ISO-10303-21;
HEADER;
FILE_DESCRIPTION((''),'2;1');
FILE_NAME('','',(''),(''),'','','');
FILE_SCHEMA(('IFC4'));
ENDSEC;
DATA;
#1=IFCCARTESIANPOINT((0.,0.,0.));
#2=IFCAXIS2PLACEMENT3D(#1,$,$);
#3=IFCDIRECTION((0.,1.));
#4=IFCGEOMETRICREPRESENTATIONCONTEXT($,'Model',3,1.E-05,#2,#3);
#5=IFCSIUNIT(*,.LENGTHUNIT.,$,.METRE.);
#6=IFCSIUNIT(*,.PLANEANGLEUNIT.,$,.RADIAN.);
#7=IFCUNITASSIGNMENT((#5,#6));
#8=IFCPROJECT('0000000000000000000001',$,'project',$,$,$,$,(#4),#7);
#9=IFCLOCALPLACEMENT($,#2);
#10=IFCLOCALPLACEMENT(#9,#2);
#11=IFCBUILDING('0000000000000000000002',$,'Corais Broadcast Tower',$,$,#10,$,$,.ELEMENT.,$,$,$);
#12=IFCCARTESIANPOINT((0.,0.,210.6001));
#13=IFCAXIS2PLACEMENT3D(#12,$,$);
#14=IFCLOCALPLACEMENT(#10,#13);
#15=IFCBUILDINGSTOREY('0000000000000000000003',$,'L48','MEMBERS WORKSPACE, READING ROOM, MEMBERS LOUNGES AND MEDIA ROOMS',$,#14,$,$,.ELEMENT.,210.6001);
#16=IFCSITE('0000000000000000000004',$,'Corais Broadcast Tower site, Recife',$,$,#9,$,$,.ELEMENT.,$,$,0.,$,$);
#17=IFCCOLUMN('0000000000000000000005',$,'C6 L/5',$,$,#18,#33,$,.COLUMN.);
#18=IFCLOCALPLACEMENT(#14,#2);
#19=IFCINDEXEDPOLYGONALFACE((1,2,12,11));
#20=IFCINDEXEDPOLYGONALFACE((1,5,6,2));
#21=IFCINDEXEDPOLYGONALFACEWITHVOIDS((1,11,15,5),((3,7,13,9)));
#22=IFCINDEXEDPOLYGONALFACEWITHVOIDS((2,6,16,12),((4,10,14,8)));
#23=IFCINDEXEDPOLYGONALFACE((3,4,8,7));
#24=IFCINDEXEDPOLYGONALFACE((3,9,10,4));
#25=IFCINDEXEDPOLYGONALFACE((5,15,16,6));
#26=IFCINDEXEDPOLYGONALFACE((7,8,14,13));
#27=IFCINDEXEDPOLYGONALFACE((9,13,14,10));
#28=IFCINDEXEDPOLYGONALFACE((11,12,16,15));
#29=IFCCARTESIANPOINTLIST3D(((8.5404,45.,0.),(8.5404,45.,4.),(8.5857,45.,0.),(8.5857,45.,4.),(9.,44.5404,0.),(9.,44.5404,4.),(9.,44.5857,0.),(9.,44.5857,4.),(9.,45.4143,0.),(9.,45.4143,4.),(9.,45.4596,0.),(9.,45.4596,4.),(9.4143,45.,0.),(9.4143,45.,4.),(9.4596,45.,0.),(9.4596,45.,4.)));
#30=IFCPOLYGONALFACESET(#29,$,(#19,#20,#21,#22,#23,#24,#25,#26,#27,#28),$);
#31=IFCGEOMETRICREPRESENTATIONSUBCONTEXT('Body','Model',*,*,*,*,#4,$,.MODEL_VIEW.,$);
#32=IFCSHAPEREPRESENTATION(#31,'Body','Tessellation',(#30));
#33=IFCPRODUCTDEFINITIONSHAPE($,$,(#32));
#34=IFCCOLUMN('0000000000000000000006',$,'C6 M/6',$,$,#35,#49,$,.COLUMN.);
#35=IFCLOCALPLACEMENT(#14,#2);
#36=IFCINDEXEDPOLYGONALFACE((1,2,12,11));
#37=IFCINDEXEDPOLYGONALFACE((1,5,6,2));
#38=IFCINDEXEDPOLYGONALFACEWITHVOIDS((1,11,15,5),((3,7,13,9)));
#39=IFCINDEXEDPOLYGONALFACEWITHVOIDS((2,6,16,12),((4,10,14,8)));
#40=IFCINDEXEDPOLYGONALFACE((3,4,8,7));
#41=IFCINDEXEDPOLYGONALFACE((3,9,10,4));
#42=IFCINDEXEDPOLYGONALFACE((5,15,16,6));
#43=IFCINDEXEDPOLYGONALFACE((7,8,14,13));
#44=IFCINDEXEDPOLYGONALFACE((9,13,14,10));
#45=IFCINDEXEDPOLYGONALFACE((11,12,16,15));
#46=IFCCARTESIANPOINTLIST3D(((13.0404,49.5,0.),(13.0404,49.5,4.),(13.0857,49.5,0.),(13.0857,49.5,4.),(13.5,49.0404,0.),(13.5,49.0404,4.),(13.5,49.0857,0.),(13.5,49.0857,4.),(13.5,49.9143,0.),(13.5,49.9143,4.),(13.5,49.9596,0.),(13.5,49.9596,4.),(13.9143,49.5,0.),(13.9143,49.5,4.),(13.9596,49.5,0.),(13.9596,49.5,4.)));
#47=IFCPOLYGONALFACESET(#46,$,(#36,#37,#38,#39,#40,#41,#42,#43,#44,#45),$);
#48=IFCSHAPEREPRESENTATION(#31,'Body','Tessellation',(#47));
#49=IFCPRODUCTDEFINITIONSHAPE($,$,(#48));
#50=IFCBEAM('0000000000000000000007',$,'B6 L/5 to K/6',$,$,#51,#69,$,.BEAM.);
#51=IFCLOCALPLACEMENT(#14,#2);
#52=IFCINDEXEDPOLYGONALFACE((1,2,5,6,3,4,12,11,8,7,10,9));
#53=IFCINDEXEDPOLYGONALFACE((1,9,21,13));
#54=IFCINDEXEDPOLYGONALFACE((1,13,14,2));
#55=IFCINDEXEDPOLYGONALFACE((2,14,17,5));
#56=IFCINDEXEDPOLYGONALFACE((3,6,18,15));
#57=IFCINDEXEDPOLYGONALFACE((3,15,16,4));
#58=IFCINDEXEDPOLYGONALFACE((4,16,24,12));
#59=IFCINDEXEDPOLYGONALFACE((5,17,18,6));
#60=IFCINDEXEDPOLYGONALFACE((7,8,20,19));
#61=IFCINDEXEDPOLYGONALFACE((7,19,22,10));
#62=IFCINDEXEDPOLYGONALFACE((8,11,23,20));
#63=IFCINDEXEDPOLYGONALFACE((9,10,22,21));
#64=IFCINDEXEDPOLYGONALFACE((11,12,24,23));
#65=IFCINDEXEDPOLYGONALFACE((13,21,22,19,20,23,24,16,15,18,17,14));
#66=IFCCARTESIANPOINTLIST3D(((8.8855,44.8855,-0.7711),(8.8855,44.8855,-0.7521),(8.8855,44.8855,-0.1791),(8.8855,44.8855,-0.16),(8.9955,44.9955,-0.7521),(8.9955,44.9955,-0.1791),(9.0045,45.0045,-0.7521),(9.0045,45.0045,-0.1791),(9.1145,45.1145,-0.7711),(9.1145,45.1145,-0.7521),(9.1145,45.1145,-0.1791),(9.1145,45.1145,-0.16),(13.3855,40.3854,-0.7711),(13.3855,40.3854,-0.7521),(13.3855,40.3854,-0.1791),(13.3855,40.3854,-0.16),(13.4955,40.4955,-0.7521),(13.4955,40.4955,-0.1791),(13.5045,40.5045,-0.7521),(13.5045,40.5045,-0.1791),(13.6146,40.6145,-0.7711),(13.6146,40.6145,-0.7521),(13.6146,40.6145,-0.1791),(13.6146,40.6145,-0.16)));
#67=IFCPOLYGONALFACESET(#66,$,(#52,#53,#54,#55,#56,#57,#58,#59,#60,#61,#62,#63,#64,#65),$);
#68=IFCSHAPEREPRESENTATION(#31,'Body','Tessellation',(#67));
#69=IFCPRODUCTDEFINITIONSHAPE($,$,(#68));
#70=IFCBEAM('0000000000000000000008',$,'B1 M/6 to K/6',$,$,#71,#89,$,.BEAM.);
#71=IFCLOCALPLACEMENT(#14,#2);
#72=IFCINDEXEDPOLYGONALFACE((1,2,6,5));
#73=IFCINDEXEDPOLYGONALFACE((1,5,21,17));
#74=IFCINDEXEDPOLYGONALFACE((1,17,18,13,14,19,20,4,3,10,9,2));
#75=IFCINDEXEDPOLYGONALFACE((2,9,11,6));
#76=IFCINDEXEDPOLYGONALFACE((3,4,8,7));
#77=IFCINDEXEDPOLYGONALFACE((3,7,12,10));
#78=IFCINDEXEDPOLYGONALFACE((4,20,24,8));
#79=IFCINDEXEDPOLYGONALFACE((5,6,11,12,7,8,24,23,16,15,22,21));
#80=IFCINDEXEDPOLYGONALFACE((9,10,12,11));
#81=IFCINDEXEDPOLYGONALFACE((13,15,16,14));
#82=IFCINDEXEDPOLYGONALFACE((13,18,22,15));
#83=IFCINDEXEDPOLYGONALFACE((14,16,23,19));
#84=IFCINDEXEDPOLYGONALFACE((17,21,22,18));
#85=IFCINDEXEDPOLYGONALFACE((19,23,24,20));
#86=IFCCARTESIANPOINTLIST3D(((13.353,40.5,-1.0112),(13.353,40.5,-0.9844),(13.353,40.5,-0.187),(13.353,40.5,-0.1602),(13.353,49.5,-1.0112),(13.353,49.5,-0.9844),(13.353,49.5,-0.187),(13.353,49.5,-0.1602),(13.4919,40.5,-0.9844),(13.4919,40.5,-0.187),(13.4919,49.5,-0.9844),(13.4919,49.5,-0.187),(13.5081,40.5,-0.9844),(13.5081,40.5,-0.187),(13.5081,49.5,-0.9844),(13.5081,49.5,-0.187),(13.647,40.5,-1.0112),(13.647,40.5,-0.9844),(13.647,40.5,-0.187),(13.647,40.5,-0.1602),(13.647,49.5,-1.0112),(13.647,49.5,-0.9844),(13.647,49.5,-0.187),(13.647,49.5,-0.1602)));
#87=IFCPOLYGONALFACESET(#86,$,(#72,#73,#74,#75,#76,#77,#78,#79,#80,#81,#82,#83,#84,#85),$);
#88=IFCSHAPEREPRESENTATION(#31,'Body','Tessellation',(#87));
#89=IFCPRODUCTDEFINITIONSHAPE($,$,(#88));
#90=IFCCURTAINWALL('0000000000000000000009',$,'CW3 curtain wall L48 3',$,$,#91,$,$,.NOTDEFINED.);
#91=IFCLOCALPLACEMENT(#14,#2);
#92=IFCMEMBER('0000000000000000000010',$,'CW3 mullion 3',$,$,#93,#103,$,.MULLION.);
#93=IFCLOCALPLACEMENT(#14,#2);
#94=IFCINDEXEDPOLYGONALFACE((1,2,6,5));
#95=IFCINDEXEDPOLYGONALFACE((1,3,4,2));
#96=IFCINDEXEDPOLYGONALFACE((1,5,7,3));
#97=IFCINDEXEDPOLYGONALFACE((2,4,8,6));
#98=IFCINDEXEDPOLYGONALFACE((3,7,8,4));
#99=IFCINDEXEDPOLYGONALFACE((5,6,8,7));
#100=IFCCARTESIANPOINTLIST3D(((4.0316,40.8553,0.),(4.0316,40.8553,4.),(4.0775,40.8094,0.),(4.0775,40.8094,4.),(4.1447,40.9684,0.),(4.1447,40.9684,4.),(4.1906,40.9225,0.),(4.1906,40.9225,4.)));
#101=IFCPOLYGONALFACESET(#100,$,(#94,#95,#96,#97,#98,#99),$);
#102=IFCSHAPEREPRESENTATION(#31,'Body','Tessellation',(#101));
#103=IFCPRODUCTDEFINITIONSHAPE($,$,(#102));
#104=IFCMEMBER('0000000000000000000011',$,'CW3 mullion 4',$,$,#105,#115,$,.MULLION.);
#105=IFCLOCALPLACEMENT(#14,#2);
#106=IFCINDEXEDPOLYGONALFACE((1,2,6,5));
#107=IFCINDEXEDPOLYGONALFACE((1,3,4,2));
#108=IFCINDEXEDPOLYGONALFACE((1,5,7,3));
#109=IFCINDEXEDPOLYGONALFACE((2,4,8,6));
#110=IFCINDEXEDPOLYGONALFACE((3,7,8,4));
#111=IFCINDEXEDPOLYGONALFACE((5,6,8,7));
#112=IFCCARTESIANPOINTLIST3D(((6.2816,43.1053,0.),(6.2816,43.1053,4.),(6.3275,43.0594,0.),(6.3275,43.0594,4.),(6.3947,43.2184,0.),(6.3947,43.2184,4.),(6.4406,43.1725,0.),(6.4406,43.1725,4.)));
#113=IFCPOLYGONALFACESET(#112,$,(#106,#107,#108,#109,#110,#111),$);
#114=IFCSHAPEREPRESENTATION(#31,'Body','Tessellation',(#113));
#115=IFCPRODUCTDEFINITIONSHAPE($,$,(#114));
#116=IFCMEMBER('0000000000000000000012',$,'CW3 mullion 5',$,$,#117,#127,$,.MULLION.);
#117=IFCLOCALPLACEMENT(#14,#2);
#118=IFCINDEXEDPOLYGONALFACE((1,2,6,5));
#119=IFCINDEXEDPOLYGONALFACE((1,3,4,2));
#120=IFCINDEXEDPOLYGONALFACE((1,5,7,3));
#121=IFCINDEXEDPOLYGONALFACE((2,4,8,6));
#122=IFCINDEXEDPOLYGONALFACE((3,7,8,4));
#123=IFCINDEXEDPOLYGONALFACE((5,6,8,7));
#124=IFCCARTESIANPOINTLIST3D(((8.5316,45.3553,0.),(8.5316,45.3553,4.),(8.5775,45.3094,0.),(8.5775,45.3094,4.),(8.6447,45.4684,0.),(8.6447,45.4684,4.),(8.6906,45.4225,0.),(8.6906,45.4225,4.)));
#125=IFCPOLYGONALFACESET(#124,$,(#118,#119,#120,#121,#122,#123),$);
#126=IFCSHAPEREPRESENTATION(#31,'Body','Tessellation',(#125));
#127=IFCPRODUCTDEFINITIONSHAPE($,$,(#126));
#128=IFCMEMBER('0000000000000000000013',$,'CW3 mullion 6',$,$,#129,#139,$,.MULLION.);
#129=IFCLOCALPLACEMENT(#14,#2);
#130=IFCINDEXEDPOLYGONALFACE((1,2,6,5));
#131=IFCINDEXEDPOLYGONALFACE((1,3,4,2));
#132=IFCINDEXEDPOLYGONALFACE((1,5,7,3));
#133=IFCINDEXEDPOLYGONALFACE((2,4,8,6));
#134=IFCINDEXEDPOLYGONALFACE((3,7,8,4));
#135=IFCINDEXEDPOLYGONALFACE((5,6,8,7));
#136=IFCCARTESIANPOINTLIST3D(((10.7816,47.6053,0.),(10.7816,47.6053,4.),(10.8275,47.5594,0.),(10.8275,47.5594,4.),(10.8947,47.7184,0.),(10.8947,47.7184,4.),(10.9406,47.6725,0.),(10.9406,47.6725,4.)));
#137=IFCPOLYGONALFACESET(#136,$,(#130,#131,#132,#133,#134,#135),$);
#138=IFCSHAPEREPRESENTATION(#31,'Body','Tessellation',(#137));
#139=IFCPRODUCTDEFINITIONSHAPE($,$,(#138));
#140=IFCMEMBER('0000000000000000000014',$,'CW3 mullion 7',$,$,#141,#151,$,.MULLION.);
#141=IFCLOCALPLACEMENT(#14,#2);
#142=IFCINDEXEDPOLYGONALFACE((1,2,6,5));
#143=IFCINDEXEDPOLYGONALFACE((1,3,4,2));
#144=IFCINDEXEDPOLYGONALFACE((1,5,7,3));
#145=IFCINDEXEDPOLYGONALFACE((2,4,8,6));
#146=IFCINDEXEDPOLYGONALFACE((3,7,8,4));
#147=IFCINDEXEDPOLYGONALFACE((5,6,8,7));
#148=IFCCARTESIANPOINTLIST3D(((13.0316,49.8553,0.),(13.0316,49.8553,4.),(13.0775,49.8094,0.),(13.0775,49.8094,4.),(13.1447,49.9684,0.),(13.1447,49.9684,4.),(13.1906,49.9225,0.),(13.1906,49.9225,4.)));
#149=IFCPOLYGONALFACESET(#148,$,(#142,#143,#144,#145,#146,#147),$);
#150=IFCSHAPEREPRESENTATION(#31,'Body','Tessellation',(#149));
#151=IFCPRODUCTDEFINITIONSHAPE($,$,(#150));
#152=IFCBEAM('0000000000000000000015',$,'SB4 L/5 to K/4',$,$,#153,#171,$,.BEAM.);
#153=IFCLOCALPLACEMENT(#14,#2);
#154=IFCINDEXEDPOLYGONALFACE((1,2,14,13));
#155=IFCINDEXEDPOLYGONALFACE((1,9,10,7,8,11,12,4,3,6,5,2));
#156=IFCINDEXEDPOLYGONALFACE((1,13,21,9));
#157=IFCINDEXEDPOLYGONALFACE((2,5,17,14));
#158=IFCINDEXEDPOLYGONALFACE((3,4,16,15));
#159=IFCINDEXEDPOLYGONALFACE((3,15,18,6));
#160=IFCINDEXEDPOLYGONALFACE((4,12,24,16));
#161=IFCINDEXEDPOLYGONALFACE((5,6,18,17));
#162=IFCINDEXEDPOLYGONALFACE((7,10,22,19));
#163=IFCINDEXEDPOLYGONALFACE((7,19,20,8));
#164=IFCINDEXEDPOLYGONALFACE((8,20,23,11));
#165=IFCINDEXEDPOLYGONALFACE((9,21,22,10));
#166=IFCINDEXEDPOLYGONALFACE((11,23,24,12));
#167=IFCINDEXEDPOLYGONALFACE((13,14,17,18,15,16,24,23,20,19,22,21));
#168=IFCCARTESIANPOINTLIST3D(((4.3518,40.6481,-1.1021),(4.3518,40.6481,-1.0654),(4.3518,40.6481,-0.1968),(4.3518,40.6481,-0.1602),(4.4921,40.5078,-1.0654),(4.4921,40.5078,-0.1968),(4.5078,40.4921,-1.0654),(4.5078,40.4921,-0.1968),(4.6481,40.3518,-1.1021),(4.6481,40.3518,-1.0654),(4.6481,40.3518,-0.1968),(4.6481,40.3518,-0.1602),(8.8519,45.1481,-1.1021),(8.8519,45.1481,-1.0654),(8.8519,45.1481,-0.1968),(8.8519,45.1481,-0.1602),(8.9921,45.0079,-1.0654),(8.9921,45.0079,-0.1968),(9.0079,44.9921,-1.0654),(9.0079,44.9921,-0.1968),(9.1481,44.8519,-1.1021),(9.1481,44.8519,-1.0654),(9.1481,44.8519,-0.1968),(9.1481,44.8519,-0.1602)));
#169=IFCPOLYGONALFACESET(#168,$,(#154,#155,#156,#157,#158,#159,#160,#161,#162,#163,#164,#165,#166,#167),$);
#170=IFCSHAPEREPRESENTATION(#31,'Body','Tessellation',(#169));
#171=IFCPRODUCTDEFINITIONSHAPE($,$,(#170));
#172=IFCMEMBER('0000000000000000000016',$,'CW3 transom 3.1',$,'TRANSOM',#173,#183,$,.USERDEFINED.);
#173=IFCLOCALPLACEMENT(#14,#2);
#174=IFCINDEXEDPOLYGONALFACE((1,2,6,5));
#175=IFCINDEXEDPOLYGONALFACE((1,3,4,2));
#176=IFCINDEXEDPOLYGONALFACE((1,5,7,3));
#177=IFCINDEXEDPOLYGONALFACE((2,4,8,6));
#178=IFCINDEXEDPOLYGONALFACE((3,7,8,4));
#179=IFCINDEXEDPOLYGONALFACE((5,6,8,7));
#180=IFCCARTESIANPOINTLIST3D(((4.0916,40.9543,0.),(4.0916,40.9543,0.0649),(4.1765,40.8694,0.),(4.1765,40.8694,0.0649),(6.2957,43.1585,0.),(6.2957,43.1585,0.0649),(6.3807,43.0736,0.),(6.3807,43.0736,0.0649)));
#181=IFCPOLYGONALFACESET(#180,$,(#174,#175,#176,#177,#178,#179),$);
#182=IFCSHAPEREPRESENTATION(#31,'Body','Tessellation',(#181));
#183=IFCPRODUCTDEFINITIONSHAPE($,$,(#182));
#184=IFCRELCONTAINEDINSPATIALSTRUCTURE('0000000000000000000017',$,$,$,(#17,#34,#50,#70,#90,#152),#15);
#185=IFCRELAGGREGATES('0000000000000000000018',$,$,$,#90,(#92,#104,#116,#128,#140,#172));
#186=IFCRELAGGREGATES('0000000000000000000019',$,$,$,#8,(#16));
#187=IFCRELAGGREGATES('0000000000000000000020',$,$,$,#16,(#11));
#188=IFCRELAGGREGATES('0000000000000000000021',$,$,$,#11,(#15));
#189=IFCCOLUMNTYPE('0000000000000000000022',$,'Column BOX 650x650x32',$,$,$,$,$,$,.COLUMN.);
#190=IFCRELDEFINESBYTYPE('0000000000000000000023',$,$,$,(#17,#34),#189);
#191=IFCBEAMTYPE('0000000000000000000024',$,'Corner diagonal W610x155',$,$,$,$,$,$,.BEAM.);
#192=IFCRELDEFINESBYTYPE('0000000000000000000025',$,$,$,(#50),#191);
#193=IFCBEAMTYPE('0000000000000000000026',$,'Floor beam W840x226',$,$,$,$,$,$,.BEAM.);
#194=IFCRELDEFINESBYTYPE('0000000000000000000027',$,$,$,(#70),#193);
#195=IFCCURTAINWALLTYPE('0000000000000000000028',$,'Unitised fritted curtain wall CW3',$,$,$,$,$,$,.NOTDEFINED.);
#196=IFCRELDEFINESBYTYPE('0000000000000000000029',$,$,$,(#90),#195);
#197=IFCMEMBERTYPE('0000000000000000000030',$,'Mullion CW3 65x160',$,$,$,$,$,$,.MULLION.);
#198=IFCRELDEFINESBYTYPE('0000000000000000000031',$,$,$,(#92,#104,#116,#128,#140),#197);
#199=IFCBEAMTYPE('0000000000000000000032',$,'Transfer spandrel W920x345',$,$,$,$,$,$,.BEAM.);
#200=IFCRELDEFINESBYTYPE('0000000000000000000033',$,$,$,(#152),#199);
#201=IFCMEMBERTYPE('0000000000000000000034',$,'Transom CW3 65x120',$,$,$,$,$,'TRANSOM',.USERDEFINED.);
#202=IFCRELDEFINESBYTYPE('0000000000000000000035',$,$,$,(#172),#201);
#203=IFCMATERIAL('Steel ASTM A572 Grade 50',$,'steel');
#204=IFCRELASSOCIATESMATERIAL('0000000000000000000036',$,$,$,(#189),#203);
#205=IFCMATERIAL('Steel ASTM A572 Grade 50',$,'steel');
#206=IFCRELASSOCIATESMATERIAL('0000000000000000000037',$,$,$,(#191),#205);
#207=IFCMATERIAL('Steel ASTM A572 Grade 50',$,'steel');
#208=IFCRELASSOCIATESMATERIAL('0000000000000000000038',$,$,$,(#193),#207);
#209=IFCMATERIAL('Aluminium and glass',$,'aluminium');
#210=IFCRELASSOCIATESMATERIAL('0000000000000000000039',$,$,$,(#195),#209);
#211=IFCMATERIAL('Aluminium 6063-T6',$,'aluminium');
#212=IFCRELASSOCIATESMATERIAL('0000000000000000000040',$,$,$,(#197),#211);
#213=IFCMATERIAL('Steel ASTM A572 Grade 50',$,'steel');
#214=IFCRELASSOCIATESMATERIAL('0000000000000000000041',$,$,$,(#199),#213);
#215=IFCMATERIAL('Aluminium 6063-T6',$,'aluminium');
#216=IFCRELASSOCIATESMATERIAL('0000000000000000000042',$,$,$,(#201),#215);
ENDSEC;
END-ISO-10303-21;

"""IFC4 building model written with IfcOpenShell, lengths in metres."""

from ifc_helpers import new_model, si_unit, direction, frame, origin, origin_2d, place, context, subcontext, project, spatial, rectangle, hollow_rectangle, i_section, extrude, material, material_profile, profile_set, type_object, element, aggregate, save


model = new_model("IFC4")

# Units and contexts
model_context = context("Model", 3, precision=1e-05, world=origin(), true_north=direction((0.0, 1.0)))
body_context = subcontext(model_context, "Body", "Model", "MODEL_VIEW")
ifc_project = project(units=[si_unit("LENGTHUNIT", "METRE"), si_unit("PLANEANGLEUNIT", "RADIAN")], contexts=[model_context])

# Site, building, storey
site_placement = place(None, origin())
site = spatial("IfcSite", under=ifc_project, at=site_placement, Name="Corais Broadcast Tower site, Recife", CompositionType="ELEMENT", RefElevation=0.0)
building_placement = place(site_placement, origin())
building = spatial("IfcBuilding", under=site, at=building_placement, Name="Corais Broadcast Tower", CompositionType="ELEMENT")
storey_placement = place(building_placement, frame((0.0, 0.0, 210.6001)))
storey = spatial("IfcBuildingStorey", under=building, at=storey_placement, Name="L48", Description="MEMBERS WORKSPACE, READING ROOM, MEMBERS LOUNGES AND MEDIA ROOMS", CompositionType="ELEMENT", Elevation=210.6001)

# Columns
ifc_material_1 = material(Name="Steel ASTM A572 Grade 50", Category="steel")
ifc_material_profile_1 = material_profile(ifc_material_1, hollow_rectangle(XDim=0.6499, YDim=0.6499, WallThickness=0.032, at=origin_2d()), Name="BOX 650x650x32")
ifc_profile_set_1 = profile_set([ifc_material_profile_1], Name="Steel ASTM A572 Grade 50")
column_type = type_object("IfcColumnType", Name="Column BOX 650x650x32", PredefinedType="COLUMN", material=ifc_profile_set_1)
for number, where, z_axis, x_axis, name in (
    (1, (9.0, 45.0, 0.0), (0.0, 0.0, 1.0), (0.707107, 0.707107, 0.0), "C6 L/5"),
    (2, (13.5, 49.5, 0.0), (0.0, 0.0, 1.0), (0.707107, 0.707107, 0.0), "C6 M/6"),
):
    element("IfcColumn", number, at=place(storey_placement, frame(where, z_axis=z_axis, x_axis=x_axis)), inside=storey, type_object=column_type, Name=name, PredefinedType="COLUMN", context=body_context, shape_type="SweptSolid", body=[
        extrude(hollow_rectangle(XDim=0.6499, YDim=0.6499, WallThickness=0.032, at=origin_2d()), origin(), (0.0, 0.0, 1.0), 4.0),
    ])

# Beams
ifc_material_2 = material(Name="Steel ASTM A572 Grade 50", Category="steel")
ifc_material_profile_2 = material_profile(ifc_material_2, i_section(OverallWidth=0.324, OverallDepth=0.6111, WebThickness=0.0127, FlangeThickness=0.019, at=origin_2d()), Name="W610x155")
ifc_profile_set_2 = profile_set([ifc_material_profile_2], Name="Steel ASTM A572 Grade 50")
beam_type_1 = type_object("IfcBeamType", Name="Corner diagonal W610x155", PredefinedType="BEAM", material=ifc_profile_set_2)
beam_1_placement = place(storey_placement, frame((9.0, 45.0, -0.4656), z_axis=(0.707107, -0.707107, 0.0), x_axis=(0.707107, 0.707107, 0.0)))
element("IfcBeam", 3, at=beam_1_placement, inside=storey, type_object=beam_type_1, Name="B6 L/5 to K/6", PredefinedType="BEAM", context=body_context, shape_type="SweptSolid", body=[
    extrude(i_section(OverallWidth=0.324, OverallDepth=0.6111, WebThickness=0.0127, FlangeThickness=0.019, at=origin_2d()), origin(), (0.0, 0.0, 1.0), 6.364),
])
ifc_material_3 = material(Name="Steel ASTM A572 Grade 50", Category="steel")
ifc_material_profile_3 = material_profile(ifc_material_3, i_section(OverallWidth=0.2939, OverallDepth=0.8511, WebThickness=0.0161, FlangeThickness=0.0269, at=origin_2d()), Name="W840x226")
ifc_profile_set_3 = profile_set([ifc_material_profile_3], Name="Steel ASTM A572 Grade 50")
beam_type_2 = type_object("IfcBeamType", Name="Floor beam W840x226", PredefinedType="BEAM", material=ifc_profile_set_3)
beam_2_placement = place(storey_placement, frame((13.5, 49.5, -0.5857), z_axis=(0.0, -1.0, 0.0), x_axis=(1.0, 0.0, 0.0)))
element("IfcBeam", 4, at=beam_2_placement, inside=storey, type_object=beam_type_2, Name="B1 M/6 to K/6", PredefinedType="BEAM", context=body_context, shape_type="SweptSolid", body=[
    extrude(i_section(OverallWidth=0.2939, OverallDepth=0.8511, WebThickness=0.0161, FlangeThickness=0.0269, at=origin_2d()), origin(), (0.0, 0.0, 1.0), 9.0),
])

# Curtain wall, members
ifc_material_4 = material(Name="Aluminium and glass", Category="aluminium")
curtain_wall_type = type_object("IfcCurtainWallType", Name="Unitised fritted curtain wall CW3", PredefinedType="NOTDEFINED", material=ifc_material_4)
curtain_wall_placement = place(storey_placement, origin())
curtain_wall = element("IfcCurtainWall", 5, at=curtain_wall_placement, inside=storey, type_object=curtain_wall_type, Name="CW3 curtain wall L48 3", PredefinedType="NOTDEFINED")
ifc_material_5 = material(Name="Aluminium 6063-T6", Category="aluminium")
ifc_material_profile_4 = material_profile(ifc_material_5, rectangle(XDim=0.0649, YDim=0.1599, at=origin_2d()), Name="Mullion CW3 65x160")
ifc_profile_set_4 = profile_set([ifc_material_profile_4], Name="Aluminium 6063-T6")
member_type_1 = type_object("IfcMemberType", Name="Mullion CW3 65x160", PredefinedType="MULLION", material=ifc_profile_set_4)
member_1_placement = place(storey_placement, frame((4.1111, 40.8889, 0.0), z_axis=(0.0, 0.0, 1.0), x_axis=(-0.707107, 0.707107, 0.0)))
member_1 = element("IfcMember", 6, at=member_1_placement, type_object=member_type_1, Name="CW3 mullion 3", PredefinedType="MULLION", context=body_context, shape_type="SweptSolid", body=[
    extrude(rectangle(XDim=0.0649, YDim=0.1599, at=origin_2d()), origin(), (0.0, 0.0, 1.0), 4.0),
])
member_2_placement = place(storey_placement, frame((6.3611, 43.1389, 0.0), z_axis=(0.0, 0.0, 1.0), x_axis=(-0.707107, 0.707107, 0.0)))
member_2 = element("IfcMember", 7, at=member_2_placement, type_object=member_type_1, Name="CW3 mullion 4", PredefinedType="MULLION", context=body_context, shape_type="SweptSolid", body=[
    extrude(rectangle(XDim=0.0649, YDim=0.1599, at=origin_2d()), origin(), (0.0, 0.0, 1.0), 4.0),
])
member_3_placement = place(storey_placement, frame((8.6111, 45.3889, 0.0), z_axis=(0.0, 0.0, 1.0), x_axis=(-0.707107, 0.707107, 0.0)))
member_3 = element("IfcMember", 8, at=member_3_placement, type_object=member_type_1, Name="CW3 mullion 5", PredefinedType="MULLION", context=body_context, shape_type="SweptSolid", body=[
    extrude(rectangle(XDim=0.0649, YDim=0.1599, at=origin_2d()), origin(), (0.0, 0.0, 1.0), 4.0),
])
member_4_placement = place(storey_placement, frame((10.8611, 47.6389, 0.0), z_axis=(0.0, 0.0, 1.0), x_axis=(-0.707107, 0.707107, 0.0)))
member_4 = element("IfcMember", 9, at=member_4_placement, type_object=member_type_1, Name="CW3 mullion 6", PredefinedType="MULLION", context=body_context, shape_type="SweptSolid", body=[
    extrude(rectangle(XDim=0.0649, YDim=0.1599, at=origin_2d()), origin(), (0.0, 0.0, 1.0), 4.0),
])
member_5_placement = place(storey_placement, frame((13.1111, 49.8889, 0.0), z_axis=(0.0, 0.0, 1.0), x_axis=(-0.707107, 0.707107, 0.0)))
member_5 = element("IfcMember", 10, at=member_5_placement, type_object=member_type_1, Name="CW3 mullion 7", PredefinedType="MULLION", context=body_context, shape_type="SweptSolid", body=[
    extrude(rectangle(XDim=0.0649, YDim=0.1599, at=origin_2d()), origin(), (0.0, 0.0, 1.0), 4.0),
])

# Beam
ifc_material_6 = material(Name="Steel ASTM A572 Grade 50", Category="steel")
ifc_material_profile_5 = material_profile(ifc_material_6, i_section(OverallWidth=0.4189, OverallDepth=0.9419, WebThickness=0.0222, FlangeThickness=0.0366, at=origin_2d()), Name="W920x345")
ifc_profile_set_5 = profile_set([ifc_material_profile_5], Name="Steel ASTM A572 Grade 50")
beam_type_3 = type_object("IfcBeamType", Name="Transfer spandrel W920x345", PredefinedType="BEAM", material=ifc_profile_set_5)
beam_3_placement = place(storey_placement, frame((9.0, 45.0, -0.6311), z_axis=(-0.707107, -0.707107, 0.0), x_axis=(0.707107, -0.707107, 0.0)))
element("IfcBeam", 11, at=beam_3_placement, inside=storey, type_object=beam_type_3, Name="SB4 L/5 to K/4", PredefinedType="BEAM", context=body_context, shape_type="SweptSolid", body=[
    extrude(i_section(OverallWidth=0.4189, OverallDepth=0.9419, WebThickness=0.0222, FlangeThickness=0.0366, at=origin_2d()), origin(), (0.0, 0.0, 1.0), 6.364),
])

# Member
ifc_material_7 = material(Name="Aluminium 6063-T6", Category="aluminium")
ifc_material_profile_6 = material_profile(ifc_material_7, rectangle(XDim=0.1201, YDim=0.0649, at=origin_2d()), Name="Transom CW3 65x120")
ifc_profile_set_6 = profile_set([ifc_material_profile_6], Name="Aluminium 6063-T6")
member_type_2 = type_object("IfcMemberType", Name="Transom CW3 65x120", ElementType="TRANSOM", PredefinedType="USERDEFINED", material=ifc_profile_set_6)
member_6_placement = place(storey_placement, frame((4.134, 40.9119, 0.0325), z_axis=(0.707107, 0.707107, 0.0), x_axis=(-0.707107, 0.707107, 0.0)))
member_6 = element("IfcMember", 12, at=member_6_placement, type_object=member_type_2, Name="CW3 transom 3.1", ObjectType="TRANSOM", PredefinedType="USERDEFINED", context=body_context, shape_type="SweptSolid", body=[
    extrude(rectangle(XDim=0.1201, YDim=0.0649, at=origin_2d()), origin(), (0.0, 0.0, 1.0), 3.1172),
])

aggregate(curtain_wall, [member_1, member_2, member_3, member_4, member_5, member_6])

save(model, "model.ifc")
